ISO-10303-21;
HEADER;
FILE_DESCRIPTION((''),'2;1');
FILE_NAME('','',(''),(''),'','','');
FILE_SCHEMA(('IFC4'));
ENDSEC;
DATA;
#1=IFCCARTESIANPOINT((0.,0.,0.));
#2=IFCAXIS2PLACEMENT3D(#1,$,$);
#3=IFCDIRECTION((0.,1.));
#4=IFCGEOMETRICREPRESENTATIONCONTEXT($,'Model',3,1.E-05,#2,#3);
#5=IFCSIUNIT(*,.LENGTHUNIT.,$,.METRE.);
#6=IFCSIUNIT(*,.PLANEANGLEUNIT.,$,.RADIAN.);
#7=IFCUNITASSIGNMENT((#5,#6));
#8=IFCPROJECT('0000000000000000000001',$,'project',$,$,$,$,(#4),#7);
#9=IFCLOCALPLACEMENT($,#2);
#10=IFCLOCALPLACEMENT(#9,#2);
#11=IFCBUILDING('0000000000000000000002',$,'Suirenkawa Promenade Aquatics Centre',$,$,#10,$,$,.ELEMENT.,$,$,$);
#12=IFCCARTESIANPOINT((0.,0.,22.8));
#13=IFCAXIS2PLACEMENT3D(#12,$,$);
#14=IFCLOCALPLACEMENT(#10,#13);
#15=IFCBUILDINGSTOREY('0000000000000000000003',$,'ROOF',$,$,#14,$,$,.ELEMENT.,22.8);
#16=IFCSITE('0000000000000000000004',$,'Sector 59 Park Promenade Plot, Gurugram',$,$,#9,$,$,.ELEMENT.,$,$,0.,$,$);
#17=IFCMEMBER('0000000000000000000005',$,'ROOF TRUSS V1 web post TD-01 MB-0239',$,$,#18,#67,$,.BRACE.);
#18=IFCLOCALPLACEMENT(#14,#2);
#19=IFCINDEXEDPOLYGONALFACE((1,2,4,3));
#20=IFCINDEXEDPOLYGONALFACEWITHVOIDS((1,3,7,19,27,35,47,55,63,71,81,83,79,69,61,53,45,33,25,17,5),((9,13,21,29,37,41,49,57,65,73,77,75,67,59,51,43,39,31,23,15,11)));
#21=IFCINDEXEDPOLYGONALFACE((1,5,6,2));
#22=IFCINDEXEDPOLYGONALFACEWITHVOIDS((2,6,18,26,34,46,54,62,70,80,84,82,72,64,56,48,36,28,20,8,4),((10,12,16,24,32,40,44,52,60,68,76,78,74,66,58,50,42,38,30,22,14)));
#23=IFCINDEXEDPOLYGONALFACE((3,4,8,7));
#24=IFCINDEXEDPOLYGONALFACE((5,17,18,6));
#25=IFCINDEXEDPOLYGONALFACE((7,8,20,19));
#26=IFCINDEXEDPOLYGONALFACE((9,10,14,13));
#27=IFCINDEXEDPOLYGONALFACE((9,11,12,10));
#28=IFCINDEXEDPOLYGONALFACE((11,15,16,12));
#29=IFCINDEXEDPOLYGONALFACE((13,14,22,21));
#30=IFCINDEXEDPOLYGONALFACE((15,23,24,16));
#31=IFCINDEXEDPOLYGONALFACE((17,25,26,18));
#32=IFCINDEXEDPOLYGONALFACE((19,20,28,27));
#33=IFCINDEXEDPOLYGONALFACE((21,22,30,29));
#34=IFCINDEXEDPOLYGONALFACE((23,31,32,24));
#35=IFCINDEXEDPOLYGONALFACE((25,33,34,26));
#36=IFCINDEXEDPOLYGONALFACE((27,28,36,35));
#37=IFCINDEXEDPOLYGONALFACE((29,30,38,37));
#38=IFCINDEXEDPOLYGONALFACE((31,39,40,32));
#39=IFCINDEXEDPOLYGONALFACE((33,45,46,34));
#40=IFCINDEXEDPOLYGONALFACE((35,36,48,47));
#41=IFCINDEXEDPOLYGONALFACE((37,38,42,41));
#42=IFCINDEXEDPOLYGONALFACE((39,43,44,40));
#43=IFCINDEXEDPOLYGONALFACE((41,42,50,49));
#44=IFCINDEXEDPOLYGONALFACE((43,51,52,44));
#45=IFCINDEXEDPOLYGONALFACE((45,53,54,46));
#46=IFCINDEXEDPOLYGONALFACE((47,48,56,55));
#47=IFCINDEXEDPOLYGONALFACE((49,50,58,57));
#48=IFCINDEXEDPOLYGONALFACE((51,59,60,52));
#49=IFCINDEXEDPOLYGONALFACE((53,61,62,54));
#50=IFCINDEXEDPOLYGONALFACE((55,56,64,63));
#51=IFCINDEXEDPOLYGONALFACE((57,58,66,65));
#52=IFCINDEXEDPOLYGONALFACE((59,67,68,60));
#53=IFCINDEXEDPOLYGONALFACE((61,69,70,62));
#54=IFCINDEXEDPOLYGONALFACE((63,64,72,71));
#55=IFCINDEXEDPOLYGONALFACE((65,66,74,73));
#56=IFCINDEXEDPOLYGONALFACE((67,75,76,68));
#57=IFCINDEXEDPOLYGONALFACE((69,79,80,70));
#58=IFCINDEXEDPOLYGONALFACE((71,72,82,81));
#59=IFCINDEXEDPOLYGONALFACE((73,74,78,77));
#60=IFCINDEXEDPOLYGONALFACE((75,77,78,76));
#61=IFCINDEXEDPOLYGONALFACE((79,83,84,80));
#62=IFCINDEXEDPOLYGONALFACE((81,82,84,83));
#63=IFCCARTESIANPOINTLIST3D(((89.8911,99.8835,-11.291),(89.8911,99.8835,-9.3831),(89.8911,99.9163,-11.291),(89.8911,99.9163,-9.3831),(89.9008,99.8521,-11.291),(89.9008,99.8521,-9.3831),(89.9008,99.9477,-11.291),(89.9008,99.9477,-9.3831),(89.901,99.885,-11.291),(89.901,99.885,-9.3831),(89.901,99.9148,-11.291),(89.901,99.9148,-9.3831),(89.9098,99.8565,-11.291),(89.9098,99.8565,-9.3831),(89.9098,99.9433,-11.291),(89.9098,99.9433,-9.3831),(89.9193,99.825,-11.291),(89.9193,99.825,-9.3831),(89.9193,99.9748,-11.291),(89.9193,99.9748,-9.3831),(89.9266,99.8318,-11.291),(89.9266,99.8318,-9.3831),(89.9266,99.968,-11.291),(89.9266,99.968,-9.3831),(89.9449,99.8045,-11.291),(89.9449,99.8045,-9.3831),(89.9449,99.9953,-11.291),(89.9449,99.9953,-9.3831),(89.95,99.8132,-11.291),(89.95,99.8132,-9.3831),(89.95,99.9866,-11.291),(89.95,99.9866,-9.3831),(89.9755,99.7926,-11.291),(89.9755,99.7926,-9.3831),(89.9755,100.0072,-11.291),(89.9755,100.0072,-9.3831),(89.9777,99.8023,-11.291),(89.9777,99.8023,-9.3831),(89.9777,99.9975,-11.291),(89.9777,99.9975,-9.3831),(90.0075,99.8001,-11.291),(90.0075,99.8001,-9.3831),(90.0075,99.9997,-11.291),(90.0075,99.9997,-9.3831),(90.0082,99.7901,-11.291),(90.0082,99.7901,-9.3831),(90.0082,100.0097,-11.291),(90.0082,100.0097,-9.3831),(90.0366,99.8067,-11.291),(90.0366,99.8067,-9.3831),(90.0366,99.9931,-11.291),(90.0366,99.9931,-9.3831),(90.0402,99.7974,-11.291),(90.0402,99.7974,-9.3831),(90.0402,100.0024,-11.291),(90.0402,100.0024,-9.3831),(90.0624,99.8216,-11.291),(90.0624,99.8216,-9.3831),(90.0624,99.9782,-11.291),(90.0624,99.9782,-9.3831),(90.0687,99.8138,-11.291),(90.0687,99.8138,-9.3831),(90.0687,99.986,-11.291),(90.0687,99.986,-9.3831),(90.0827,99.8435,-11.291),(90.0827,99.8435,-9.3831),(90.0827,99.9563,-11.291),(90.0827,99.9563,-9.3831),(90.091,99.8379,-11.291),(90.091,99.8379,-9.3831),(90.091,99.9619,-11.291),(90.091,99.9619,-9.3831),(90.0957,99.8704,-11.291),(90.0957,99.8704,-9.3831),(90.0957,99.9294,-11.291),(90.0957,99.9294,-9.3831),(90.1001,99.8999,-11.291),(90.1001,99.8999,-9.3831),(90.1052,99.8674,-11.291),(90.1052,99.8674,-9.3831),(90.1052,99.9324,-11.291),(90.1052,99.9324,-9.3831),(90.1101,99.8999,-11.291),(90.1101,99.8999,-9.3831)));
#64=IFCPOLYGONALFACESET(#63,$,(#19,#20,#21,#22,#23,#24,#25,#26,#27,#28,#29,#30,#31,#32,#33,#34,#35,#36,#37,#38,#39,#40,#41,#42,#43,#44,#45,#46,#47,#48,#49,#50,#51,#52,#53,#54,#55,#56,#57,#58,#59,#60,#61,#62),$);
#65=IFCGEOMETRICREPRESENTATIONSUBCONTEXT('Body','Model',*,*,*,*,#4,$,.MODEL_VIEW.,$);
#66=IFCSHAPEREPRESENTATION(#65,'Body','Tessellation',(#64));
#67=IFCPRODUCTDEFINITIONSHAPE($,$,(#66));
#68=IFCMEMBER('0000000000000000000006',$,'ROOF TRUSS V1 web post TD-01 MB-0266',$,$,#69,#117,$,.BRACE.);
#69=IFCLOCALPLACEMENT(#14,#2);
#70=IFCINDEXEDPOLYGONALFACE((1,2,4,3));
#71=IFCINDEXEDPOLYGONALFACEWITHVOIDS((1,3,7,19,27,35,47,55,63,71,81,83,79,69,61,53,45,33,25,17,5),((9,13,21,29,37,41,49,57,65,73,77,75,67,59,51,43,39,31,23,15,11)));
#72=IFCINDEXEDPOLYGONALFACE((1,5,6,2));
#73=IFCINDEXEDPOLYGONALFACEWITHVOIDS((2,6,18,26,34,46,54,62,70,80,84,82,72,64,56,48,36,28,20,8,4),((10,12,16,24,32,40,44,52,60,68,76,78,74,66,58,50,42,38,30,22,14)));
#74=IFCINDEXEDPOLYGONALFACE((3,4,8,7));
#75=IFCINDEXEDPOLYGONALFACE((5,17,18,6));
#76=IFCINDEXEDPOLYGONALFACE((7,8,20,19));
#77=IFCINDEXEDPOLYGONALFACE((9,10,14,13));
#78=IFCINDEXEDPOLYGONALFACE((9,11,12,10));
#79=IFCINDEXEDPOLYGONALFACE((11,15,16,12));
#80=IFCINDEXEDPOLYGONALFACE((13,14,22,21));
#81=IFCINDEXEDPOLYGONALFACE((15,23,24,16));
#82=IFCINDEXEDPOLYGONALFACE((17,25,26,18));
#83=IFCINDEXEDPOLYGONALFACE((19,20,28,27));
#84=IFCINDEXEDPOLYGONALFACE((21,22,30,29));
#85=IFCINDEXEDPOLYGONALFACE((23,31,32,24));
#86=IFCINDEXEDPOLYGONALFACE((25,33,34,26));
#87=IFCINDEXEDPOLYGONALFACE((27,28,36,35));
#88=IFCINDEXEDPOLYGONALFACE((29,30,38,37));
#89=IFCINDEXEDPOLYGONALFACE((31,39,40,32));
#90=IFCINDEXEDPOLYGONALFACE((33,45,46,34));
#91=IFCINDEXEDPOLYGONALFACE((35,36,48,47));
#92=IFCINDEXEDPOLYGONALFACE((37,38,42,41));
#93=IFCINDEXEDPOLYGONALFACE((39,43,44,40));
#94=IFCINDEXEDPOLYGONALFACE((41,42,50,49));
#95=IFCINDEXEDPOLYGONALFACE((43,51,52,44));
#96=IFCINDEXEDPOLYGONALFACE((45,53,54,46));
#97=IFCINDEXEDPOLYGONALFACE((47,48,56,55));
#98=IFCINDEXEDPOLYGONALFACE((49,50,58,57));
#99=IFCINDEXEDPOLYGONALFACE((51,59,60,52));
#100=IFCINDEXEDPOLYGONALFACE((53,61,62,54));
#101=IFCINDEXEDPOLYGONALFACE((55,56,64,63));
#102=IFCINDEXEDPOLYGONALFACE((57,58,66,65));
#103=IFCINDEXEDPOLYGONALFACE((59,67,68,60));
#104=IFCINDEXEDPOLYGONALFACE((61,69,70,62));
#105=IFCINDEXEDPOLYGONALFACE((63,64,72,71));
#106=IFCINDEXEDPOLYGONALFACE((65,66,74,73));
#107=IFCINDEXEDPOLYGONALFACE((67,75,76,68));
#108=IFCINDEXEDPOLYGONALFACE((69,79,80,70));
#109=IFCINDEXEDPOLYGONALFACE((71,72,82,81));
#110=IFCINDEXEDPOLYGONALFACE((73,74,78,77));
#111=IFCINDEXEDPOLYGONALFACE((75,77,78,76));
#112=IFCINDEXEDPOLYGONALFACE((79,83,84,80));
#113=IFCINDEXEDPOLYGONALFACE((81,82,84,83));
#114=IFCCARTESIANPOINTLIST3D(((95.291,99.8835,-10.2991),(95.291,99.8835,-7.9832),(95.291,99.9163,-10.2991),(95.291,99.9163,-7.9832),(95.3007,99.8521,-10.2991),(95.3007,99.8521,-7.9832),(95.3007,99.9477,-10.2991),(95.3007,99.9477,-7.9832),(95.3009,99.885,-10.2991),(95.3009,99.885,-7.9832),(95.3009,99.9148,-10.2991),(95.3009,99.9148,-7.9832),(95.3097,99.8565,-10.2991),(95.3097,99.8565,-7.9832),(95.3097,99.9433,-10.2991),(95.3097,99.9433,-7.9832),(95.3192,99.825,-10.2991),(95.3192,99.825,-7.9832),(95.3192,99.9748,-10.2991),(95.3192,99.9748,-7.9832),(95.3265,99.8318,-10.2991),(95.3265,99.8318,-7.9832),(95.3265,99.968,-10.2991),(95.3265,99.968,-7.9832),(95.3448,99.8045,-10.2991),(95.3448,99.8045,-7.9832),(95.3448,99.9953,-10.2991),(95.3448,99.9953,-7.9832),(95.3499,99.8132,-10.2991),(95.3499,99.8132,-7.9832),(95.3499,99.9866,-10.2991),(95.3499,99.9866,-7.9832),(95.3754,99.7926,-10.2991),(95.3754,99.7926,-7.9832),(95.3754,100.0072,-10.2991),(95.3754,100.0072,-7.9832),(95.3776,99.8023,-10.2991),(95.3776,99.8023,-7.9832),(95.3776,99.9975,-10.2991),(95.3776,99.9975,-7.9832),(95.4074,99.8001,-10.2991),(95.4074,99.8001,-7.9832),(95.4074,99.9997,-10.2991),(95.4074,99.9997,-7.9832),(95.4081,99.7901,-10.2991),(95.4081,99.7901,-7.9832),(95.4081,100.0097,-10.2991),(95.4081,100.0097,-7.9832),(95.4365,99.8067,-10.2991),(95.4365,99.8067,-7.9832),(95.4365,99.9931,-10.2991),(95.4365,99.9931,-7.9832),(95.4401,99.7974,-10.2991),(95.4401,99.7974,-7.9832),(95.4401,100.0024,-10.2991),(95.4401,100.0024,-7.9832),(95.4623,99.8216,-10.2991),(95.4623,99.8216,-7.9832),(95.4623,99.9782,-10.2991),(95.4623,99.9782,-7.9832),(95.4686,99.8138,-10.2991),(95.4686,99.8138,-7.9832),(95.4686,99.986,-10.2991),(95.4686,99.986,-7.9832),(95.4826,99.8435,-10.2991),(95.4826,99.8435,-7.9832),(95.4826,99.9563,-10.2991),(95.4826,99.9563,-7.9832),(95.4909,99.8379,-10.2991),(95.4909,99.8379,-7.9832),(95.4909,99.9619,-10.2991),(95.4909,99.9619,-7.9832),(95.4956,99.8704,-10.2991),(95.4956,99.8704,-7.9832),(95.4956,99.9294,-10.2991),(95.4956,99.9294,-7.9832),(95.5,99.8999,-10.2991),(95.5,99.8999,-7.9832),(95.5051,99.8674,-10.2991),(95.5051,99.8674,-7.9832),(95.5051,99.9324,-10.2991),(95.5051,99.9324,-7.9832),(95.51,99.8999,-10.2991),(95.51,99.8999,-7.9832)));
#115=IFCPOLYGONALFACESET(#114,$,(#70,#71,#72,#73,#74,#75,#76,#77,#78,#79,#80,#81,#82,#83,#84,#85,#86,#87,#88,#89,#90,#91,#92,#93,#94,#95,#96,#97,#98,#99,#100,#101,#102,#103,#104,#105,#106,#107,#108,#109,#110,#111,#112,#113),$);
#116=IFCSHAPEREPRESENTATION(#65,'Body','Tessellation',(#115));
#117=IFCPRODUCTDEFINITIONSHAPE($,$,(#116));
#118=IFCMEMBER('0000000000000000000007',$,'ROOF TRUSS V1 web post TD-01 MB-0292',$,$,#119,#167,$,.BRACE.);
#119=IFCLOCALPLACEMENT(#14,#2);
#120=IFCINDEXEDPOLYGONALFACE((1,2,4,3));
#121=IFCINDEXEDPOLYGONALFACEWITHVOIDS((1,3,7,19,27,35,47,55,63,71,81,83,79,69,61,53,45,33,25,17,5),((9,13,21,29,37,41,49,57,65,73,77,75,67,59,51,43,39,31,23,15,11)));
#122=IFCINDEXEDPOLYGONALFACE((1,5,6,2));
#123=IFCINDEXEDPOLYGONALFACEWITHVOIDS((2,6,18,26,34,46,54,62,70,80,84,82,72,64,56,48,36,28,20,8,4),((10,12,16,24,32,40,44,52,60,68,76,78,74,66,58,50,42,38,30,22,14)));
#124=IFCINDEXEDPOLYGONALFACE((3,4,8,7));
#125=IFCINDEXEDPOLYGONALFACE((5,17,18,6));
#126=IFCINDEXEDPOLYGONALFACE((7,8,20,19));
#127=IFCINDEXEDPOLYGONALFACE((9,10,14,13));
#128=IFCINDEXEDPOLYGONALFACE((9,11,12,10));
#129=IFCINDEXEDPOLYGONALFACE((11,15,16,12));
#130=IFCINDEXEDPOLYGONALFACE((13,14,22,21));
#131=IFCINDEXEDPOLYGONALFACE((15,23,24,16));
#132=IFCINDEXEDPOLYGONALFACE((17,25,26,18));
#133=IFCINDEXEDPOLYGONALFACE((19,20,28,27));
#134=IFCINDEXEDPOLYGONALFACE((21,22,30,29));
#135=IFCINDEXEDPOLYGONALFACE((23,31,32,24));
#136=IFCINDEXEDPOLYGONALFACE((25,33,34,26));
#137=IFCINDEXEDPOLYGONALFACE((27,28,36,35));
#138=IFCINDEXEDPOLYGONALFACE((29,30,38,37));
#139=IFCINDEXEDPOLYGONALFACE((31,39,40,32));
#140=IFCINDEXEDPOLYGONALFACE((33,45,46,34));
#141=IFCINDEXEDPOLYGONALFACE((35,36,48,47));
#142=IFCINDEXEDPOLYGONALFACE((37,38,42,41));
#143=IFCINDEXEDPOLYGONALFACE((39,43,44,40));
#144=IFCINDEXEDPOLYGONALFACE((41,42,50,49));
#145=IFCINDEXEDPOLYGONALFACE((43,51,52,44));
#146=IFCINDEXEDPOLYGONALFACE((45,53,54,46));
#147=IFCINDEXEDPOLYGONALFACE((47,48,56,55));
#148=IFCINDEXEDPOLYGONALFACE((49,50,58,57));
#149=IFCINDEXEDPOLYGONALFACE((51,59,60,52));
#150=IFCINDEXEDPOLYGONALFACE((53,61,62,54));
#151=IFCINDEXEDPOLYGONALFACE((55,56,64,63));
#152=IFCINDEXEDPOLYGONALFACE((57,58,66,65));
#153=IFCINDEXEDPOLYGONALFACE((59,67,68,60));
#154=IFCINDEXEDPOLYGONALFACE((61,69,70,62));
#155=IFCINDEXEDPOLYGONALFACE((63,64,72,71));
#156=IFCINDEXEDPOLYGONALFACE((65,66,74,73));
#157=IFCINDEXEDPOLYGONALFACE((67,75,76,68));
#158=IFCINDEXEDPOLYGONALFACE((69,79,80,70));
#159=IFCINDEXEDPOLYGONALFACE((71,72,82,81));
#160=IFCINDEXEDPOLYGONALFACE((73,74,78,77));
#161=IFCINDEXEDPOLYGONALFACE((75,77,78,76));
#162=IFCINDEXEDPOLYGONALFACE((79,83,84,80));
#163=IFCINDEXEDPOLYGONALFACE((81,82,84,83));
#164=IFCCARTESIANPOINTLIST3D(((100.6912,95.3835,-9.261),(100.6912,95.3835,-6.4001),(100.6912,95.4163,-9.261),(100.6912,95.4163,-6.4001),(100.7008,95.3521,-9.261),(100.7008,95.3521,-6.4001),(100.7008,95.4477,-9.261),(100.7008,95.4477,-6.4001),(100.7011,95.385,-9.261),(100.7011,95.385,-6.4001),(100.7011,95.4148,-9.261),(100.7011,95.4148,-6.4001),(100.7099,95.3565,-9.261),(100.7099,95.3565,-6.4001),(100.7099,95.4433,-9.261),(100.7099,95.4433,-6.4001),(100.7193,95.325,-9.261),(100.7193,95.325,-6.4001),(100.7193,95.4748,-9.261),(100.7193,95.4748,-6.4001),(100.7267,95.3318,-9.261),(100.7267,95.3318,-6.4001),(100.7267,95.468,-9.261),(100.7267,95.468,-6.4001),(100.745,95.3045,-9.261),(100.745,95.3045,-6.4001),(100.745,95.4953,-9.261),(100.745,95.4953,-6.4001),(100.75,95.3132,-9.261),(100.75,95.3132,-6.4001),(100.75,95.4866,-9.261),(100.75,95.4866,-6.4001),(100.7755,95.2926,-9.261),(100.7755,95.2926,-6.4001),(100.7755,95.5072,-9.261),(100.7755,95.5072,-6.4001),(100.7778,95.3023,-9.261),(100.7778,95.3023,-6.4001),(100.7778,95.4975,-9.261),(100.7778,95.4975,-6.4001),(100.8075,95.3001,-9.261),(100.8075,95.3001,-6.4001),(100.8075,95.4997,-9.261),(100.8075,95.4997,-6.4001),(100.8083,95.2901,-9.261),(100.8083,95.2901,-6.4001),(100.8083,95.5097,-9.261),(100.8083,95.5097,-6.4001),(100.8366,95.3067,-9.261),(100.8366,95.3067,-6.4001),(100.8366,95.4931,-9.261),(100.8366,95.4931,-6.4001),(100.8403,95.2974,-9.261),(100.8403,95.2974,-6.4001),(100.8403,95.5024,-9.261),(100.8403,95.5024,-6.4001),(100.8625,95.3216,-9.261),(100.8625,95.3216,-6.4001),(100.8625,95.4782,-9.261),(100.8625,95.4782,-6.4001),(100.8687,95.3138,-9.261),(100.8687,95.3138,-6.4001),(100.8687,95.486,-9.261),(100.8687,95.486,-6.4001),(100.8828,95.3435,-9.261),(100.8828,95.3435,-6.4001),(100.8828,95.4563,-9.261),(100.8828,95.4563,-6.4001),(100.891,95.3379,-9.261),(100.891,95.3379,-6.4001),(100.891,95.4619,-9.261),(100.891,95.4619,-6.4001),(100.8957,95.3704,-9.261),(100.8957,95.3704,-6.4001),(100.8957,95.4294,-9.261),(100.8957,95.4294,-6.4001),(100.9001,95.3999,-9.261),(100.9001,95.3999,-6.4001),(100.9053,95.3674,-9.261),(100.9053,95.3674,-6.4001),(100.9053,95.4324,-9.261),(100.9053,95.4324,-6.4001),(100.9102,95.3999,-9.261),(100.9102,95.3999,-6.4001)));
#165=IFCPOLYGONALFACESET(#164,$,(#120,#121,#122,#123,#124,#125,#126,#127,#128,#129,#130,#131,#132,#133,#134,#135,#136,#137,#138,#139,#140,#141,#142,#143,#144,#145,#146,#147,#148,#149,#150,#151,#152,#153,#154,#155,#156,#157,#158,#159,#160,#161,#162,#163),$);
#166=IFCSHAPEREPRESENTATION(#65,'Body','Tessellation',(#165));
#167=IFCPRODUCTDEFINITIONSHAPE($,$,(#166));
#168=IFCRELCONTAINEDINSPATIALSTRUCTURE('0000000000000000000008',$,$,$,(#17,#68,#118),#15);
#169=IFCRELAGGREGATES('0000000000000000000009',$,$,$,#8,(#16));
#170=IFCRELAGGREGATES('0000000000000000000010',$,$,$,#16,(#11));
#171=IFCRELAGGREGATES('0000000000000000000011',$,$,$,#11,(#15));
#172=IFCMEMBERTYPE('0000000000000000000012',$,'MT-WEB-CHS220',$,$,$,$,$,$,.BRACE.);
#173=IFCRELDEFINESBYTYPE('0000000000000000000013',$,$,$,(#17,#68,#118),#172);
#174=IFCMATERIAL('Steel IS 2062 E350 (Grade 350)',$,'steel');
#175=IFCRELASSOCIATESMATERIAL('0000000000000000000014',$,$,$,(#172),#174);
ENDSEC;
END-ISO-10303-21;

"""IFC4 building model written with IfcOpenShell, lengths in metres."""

from ifc_helpers import new_model, si_unit, direction, frame, origin, origin_2d, place, context, subcontext, project, spatial, hollow_circle, extrude, material, material_profile, profile_set, type_object, element, save


model = new_model("IFC4")

# Units and contexts
model_context = context("Model", 3, precision=1e-05, world=origin(), true_north=direction((0.0, 1.0)))
body_context = subcontext(model_context, "Body", "Model", "MODEL_VIEW")
ifc_project = project(units=[si_unit("LENGTHUNIT", "METRE"), si_unit("PLANEANGLEUNIT", "RADIAN")], contexts=[model_context])

# Site, building, storey
site_placement = place(None, origin())
site = spatial("IfcSite", under=ifc_project, at=site_placement, Name="Sector 59 Park Promenade Plot, Gurugram", CompositionType="ELEMENT", RefElevation=0.0)
building_placement = place(site_placement, origin())
building = spatial("IfcBuilding", under=site, at=building_placement, Name="Suirenkawa Promenade Aquatics Centre", CompositionType="ELEMENT")
storey_placement = place(building_placement, frame((0.0, 0.0, 22.8)))
storey = spatial("IfcBuildingStorey", under=building, at=storey_placement, Name="ROOF", CompositionType="ELEMENT", Elevation=22.8)

# Shared definitions
ifc_material_1 = material(Name="Steel IS 2062 E350 (Grade 350)", Category="steel")

# Members
ifc_material_profile_1 = material_profile(ifc_material_1, hollow_circle(Radius=0.1101, WallThickness=0.01, at=origin_2d()), Name="CHS 220x10", Category="steel")
ifc_profile_set_1 = profile_set([ifc_material_profile_1], Name="Steel IS 2062 E350 (Grade 350)")
member_type_1 = type_object("IfcMemberType", Name="MT-WEB-CHS220", PredefinedType="BRACE", material=ifc_profile_set_1)
member_1_placement = place(storey_placement, frame((90.0, 99.8999, -11.291), z_axis=(0.0, 0.0, 1.0), x_axis=(1.0, 0.0, 0.0)))
element("IfcMember", 1, at=member_1_placement, inside=storey, type_object=member_type_1, Name="ROOF TRUSS V1 web post TD-01 MB-0239", PredefinedType="BRACE", context=body_context, shape_type="SweptSolid", body=[
    extrude(hollow_circle(Radius=0.1101, WallThickness=0.01, at=origin_2d()), origin(), (0.0, 0.0, 1.0), 1.908),
])
member_2_placement = place(storey_placement, frame((95.3999, 99.8999, -10.2991), z_axis=(0.0, 0.0, 1.0), x_axis=(1.0, 0.0, 0.0)))
element("IfcMember", 2, at=member_2_placement, inside=storey, type_object=member_type_1, Name="ROOF TRUSS V1 web post TD-01 MB-0266", PredefinedType="BRACE", context=body_context, shape_type="SweptSolid", body=[
    extrude(hollow_circle(Radius=0.1101, WallThickness=0.01, at=origin_2d()), origin(), (0.0, 0.0, 1.0), 2.3159),
])
member_3_placement = place(storey_placement, frame((100.8, 95.3999, -9.261), z_axis=(0.0, 0.0, 1.0), x_axis=(1.0, 0.0, 0.0)))
element("IfcMember", 3, at=member_3_placement, inside=storey, type_object=member_type_1, Name="ROOF TRUSS V1 web post TD-01 MB-0292", PredefinedType="BRACE", context=body_context, shape_type="SweptSolid", body=[
    extrude(hollow_circle(Radius=0.1101, WallThickness=0.01, at=origin_2d()), origin(), (0.0, 0.0, 1.0), 2.8608),
])

save(model, "model.ifc")
